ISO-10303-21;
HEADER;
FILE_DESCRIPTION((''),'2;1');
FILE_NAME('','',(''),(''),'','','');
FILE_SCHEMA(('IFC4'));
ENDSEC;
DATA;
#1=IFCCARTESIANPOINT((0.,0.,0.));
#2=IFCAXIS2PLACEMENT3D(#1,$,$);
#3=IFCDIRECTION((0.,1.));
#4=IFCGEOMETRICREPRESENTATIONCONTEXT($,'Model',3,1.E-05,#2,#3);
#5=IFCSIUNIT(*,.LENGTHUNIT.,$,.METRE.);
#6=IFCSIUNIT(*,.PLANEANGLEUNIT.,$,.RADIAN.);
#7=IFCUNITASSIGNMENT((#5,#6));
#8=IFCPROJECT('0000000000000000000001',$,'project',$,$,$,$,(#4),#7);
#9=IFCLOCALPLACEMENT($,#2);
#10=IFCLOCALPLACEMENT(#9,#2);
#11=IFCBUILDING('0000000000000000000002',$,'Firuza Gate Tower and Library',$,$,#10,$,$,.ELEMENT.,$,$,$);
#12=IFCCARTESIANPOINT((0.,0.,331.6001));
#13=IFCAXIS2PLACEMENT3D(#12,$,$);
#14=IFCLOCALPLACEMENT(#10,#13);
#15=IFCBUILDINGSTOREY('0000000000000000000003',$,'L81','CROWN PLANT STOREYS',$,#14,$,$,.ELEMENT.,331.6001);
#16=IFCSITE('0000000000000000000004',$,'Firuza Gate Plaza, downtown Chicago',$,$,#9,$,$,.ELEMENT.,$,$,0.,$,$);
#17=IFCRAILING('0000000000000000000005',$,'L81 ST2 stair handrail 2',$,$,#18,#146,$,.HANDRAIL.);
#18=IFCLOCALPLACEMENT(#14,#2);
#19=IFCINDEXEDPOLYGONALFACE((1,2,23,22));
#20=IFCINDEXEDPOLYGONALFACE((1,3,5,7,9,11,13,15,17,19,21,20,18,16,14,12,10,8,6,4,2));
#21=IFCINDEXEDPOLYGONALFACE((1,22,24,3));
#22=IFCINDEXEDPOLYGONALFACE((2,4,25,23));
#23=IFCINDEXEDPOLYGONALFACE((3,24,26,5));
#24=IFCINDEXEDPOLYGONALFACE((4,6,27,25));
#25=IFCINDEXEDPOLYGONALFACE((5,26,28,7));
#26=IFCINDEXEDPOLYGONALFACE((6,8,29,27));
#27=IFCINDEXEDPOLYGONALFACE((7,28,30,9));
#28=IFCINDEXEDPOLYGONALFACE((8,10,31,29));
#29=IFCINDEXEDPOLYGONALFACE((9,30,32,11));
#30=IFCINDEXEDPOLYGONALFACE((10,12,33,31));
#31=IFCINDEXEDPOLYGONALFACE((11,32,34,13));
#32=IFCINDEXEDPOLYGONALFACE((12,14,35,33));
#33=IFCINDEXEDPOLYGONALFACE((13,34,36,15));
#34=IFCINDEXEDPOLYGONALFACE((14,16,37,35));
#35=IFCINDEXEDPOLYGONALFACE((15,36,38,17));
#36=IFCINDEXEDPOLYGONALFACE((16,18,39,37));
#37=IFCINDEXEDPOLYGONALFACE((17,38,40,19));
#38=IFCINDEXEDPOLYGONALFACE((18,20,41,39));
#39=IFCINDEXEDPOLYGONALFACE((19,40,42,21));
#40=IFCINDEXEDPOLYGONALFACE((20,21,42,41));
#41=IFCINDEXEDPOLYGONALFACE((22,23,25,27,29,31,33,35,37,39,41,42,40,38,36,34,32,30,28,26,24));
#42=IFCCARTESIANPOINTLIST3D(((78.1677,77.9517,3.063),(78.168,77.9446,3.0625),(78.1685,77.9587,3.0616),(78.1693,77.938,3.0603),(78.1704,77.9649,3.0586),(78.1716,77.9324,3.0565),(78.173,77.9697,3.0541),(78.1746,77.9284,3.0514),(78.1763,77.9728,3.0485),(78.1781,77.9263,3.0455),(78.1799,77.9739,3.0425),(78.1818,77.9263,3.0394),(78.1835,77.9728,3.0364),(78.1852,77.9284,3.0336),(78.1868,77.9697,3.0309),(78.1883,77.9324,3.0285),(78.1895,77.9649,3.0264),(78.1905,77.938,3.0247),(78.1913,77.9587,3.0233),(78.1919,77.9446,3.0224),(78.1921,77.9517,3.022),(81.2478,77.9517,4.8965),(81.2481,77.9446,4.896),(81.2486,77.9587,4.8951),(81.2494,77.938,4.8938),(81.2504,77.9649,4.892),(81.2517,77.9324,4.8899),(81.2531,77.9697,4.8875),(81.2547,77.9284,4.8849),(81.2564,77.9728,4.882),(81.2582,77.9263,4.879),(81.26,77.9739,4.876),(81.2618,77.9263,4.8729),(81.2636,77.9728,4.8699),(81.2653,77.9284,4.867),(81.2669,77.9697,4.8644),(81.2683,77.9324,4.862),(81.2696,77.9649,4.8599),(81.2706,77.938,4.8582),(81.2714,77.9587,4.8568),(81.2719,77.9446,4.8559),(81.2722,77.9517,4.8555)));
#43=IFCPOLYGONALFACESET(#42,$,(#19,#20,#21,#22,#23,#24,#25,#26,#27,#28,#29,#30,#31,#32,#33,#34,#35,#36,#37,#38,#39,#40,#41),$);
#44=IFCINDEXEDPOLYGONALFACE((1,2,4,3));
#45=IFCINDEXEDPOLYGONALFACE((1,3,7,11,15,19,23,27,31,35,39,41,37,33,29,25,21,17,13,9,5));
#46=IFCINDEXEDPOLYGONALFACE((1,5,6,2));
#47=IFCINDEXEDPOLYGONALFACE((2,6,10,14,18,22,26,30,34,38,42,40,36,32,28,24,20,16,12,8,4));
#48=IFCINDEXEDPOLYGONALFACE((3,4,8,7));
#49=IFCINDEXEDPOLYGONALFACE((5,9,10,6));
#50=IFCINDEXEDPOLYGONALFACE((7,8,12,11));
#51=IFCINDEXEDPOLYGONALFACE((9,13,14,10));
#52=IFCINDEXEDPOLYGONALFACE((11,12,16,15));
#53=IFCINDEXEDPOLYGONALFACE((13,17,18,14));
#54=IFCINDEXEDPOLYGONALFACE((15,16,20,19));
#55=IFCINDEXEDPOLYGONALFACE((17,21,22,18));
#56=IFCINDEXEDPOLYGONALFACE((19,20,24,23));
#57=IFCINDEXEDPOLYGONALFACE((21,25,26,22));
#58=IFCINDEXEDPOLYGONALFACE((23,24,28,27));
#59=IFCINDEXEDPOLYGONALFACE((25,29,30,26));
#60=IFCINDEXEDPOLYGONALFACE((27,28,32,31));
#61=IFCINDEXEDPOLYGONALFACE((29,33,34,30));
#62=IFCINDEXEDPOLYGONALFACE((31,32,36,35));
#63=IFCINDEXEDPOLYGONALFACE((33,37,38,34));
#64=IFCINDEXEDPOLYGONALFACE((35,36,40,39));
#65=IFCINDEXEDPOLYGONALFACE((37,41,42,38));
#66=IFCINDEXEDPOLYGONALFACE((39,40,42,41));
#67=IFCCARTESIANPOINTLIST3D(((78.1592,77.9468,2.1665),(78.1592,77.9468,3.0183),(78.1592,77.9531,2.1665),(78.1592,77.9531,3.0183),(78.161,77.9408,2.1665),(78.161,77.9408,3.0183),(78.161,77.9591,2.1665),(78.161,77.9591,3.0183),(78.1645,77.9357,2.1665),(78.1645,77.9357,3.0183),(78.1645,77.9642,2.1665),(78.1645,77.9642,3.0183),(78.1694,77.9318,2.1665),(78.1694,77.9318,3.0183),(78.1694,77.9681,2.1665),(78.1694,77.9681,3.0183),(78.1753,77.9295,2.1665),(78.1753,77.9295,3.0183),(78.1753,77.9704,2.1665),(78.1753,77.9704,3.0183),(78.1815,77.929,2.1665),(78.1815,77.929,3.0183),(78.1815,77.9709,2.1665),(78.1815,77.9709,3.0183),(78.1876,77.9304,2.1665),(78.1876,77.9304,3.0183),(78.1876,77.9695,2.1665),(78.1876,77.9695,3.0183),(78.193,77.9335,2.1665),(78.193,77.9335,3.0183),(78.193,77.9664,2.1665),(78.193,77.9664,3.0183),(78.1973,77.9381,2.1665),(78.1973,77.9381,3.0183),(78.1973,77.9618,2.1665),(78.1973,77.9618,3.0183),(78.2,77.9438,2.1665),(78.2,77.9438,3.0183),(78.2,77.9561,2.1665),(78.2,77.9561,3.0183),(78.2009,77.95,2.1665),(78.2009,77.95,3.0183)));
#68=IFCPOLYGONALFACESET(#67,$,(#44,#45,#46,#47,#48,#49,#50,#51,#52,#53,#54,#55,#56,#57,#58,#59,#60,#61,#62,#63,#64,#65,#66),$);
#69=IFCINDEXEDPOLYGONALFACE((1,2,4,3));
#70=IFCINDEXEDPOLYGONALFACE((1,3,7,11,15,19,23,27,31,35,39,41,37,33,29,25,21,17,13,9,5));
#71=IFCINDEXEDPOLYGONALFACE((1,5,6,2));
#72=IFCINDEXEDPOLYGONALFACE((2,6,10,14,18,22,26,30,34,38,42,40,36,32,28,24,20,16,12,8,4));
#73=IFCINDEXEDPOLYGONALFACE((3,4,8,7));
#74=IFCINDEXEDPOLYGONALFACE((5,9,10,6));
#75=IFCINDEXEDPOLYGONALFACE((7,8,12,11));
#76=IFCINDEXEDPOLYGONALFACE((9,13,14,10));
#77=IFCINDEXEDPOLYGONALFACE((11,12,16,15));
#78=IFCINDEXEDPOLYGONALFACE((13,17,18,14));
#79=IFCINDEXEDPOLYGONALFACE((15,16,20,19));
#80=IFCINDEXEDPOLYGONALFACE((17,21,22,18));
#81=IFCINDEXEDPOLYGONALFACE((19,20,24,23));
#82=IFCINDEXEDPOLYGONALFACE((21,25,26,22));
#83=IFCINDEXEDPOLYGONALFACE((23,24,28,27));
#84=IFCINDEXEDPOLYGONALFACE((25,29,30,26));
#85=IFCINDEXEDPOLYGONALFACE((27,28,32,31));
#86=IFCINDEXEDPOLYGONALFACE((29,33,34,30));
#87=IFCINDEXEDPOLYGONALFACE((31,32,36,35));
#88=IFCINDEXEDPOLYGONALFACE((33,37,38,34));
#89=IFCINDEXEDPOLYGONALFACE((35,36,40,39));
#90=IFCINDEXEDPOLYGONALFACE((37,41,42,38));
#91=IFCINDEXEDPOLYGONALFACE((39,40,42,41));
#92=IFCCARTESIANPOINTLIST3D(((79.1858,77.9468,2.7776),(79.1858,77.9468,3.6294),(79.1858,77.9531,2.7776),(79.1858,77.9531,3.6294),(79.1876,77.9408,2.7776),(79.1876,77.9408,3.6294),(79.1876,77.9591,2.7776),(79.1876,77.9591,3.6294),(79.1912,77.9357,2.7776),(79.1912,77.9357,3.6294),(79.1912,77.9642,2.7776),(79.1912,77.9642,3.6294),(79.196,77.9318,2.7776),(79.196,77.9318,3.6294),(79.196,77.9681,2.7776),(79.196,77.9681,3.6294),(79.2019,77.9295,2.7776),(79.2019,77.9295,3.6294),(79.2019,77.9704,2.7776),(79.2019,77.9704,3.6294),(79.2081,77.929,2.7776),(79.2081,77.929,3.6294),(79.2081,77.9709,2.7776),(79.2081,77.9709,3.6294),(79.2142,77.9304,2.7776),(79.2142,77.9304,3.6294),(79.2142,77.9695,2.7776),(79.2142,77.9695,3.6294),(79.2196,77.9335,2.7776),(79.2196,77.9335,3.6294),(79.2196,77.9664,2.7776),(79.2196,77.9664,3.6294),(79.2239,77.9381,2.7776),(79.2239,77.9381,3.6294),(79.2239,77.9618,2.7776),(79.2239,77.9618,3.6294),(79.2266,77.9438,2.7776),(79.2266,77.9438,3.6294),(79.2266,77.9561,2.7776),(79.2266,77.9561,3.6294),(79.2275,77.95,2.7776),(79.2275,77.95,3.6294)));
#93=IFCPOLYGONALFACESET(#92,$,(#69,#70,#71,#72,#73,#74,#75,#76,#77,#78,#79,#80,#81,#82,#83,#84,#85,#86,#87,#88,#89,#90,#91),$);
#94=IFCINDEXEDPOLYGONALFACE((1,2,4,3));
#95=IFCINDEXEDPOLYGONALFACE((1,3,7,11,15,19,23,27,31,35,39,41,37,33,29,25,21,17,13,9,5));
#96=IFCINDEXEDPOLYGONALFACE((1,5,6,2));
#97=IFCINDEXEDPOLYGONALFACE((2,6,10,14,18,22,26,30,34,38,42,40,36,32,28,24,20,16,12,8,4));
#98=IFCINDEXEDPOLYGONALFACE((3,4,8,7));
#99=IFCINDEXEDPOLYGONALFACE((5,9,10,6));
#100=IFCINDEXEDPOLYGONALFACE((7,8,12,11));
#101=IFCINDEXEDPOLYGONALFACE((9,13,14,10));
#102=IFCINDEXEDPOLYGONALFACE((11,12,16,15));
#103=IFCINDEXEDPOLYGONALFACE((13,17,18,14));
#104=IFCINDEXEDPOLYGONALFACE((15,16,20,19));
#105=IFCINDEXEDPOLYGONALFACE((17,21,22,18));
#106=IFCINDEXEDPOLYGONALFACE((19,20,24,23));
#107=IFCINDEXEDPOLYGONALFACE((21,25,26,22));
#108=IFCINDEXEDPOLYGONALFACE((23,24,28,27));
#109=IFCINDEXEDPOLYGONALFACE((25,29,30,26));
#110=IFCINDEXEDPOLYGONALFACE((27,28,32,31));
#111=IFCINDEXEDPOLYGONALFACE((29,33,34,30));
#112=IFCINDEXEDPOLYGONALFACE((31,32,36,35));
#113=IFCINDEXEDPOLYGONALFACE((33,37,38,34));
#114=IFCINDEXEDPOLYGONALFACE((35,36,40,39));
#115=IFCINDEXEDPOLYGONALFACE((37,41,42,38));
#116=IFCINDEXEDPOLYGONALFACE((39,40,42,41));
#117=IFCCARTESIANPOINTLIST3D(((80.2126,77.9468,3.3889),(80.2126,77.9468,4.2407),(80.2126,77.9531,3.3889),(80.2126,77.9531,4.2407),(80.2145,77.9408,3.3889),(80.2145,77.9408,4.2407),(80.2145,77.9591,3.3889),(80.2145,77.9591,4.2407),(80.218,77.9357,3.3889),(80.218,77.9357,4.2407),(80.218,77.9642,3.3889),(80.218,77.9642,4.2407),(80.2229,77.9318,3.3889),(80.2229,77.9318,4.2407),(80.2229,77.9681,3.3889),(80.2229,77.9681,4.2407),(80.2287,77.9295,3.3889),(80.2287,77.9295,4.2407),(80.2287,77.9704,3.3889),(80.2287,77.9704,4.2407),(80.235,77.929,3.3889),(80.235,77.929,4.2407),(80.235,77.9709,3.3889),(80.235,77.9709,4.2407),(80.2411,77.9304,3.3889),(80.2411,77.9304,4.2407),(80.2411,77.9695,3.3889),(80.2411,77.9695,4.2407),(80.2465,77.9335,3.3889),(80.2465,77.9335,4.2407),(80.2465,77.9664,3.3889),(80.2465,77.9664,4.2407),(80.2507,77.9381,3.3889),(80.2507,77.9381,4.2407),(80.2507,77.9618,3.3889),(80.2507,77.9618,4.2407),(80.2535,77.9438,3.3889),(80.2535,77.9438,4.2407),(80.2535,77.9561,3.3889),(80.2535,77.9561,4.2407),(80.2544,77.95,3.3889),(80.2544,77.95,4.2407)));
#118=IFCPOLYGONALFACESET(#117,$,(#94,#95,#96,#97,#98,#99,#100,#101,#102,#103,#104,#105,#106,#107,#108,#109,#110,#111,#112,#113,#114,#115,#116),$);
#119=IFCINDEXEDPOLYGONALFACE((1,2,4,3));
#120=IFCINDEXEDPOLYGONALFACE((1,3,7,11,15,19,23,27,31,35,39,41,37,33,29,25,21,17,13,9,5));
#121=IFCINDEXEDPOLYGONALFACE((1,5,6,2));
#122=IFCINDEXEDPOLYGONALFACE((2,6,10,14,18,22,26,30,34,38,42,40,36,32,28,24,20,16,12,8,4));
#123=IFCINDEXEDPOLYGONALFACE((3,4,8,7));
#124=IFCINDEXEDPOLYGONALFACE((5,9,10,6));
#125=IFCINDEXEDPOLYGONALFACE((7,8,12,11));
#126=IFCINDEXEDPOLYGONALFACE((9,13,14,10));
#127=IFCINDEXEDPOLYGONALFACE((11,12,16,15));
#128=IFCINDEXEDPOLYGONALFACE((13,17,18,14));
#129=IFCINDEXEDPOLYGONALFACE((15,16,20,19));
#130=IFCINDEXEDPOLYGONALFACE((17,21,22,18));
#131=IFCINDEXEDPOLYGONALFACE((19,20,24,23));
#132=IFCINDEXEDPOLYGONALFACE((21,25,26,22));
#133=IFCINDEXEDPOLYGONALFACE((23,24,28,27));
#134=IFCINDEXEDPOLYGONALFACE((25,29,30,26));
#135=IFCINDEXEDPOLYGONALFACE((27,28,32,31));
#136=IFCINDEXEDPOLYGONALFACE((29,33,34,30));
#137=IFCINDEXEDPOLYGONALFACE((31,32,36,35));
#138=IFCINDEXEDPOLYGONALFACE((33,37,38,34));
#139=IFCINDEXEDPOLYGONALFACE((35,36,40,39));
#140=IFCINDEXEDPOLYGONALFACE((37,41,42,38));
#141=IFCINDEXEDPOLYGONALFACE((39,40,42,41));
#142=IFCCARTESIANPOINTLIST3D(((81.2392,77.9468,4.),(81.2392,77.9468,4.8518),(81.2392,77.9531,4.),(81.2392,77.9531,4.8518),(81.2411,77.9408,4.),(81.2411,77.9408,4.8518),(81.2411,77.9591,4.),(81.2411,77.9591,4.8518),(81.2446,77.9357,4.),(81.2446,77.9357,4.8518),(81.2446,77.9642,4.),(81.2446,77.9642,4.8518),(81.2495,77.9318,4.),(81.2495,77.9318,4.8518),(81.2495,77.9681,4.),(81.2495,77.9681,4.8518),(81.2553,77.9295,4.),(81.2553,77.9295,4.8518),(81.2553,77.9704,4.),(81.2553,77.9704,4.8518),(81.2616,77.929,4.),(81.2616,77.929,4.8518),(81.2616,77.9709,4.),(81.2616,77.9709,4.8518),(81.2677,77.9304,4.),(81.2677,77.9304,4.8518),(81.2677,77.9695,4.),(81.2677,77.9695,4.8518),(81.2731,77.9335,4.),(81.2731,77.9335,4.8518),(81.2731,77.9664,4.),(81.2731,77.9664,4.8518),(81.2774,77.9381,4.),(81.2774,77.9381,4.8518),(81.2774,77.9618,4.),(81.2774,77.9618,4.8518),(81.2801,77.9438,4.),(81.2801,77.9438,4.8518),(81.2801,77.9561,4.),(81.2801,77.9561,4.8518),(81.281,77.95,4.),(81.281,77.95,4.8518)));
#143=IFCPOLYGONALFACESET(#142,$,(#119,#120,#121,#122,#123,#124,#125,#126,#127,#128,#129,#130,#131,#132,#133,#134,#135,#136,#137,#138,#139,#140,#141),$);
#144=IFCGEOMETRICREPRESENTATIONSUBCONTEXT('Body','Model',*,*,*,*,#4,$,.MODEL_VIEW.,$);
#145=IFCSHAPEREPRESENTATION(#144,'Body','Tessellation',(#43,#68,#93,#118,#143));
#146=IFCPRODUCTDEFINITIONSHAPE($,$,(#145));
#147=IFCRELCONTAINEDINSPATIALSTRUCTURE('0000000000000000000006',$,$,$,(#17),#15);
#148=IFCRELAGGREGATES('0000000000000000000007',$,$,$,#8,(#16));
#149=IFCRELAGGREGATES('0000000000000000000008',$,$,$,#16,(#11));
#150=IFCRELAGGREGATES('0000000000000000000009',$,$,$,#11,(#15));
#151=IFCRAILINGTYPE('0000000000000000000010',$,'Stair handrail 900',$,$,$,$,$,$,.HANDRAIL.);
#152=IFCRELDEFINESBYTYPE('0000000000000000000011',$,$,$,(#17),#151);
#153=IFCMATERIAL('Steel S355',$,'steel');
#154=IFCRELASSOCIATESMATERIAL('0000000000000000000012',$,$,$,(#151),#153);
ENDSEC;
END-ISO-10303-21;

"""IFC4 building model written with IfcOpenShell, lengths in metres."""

from ifc_helpers import new_model, si_unit, direction, frame, origin, origin_2d, place, context, subcontext, project, spatial, circle, extrude, material, type_object, element, save


model = new_model("IFC4")

# Units and contexts
model_context = context("Model", 3, precision=1e-05, world=origin(), true_north=direction((0.0, 1.0)))
body_context = subcontext(model_context, "Body", "Model", "MODEL_VIEW")
ifc_project = project(units=[si_unit("LENGTHUNIT", "METRE"), si_unit("PLANEANGLEUNIT", "RADIAN")], contexts=[model_context])

# Site, building, storey
site_placement = place(None, origin())
site = spatial("IfcSite", under=ifc_project, at=site_placement, Name="Firuza Gate Plaza, downtown Chicago", CompositionType="ELEMENT", RefElevation=0.0)
building_placement = place(site_placement, origin())
building = spatial("IfcBuilding", under=site, at=building_placement, Name="Firuza Gate Tower and Library", CompositionType="ELEMENT")
storey_placement = place(building_placement, frame((0.0, 0.0, 331.6001)))
storey = spatial("IfcBuildingStorey", under=building, at=storey_placement, Name="L81", Description="CROWN PLANT STOREYS", CompositionType="ELEMENT", Elevation=331.6001)

# Railing
ifc_material_1 = material(Name="Steel S355", Category="steel")
railing_type_1 = type_object("IfcRailingType", Name="Stair handrail 900", PredefinedType="HANDRAIL", material=ifc_material_1)
railing_1_placement = place(storey_placement, frame((78.1799, 77.95, 2.1665)))
element("IfcRailing", 1, at=railing_1_placement, inside=storey, type_object=railing_type_1, Name="L81 ST2 stair handrail 2", PredefinedType="HANDRAIL", context=body_context, shape_type="SweptSolid", body=[
    extrude(circle(Radius=0.0239, at=origin_2d()), frame((0.0, 0.0, 0.876), z_axis=(0.859279, 0.0, 0.511508), x_axis=(0.0, 1.0, 0.0)), (0.0, 0.0, 1.0), 3.5845),
    extrude(circle(Radius=0.021, at=origin_2d()), origin(), (0.0, 0.0, 1.0), 0.8518),
    extrude(circle(Radius=0.021, at=origin_2d()), frame((1.0266, 0.0, 0.6111)), (0.0, 0.0, 1.0), 0.8518),
    extrude(circle(Radius=0.021, at=origin_2d()), frame((2.0535, 0.0, 1.2224)), (0.0, 0.0, 1.0), 0.8518),
    extrude(circle(Radius=0.021, at=origin_2d()), frame((3.0801, 0.0, 1.8335)), (0.0, 0.0, 1.0), 0.8518),
])

save(model, "model.ifc")
